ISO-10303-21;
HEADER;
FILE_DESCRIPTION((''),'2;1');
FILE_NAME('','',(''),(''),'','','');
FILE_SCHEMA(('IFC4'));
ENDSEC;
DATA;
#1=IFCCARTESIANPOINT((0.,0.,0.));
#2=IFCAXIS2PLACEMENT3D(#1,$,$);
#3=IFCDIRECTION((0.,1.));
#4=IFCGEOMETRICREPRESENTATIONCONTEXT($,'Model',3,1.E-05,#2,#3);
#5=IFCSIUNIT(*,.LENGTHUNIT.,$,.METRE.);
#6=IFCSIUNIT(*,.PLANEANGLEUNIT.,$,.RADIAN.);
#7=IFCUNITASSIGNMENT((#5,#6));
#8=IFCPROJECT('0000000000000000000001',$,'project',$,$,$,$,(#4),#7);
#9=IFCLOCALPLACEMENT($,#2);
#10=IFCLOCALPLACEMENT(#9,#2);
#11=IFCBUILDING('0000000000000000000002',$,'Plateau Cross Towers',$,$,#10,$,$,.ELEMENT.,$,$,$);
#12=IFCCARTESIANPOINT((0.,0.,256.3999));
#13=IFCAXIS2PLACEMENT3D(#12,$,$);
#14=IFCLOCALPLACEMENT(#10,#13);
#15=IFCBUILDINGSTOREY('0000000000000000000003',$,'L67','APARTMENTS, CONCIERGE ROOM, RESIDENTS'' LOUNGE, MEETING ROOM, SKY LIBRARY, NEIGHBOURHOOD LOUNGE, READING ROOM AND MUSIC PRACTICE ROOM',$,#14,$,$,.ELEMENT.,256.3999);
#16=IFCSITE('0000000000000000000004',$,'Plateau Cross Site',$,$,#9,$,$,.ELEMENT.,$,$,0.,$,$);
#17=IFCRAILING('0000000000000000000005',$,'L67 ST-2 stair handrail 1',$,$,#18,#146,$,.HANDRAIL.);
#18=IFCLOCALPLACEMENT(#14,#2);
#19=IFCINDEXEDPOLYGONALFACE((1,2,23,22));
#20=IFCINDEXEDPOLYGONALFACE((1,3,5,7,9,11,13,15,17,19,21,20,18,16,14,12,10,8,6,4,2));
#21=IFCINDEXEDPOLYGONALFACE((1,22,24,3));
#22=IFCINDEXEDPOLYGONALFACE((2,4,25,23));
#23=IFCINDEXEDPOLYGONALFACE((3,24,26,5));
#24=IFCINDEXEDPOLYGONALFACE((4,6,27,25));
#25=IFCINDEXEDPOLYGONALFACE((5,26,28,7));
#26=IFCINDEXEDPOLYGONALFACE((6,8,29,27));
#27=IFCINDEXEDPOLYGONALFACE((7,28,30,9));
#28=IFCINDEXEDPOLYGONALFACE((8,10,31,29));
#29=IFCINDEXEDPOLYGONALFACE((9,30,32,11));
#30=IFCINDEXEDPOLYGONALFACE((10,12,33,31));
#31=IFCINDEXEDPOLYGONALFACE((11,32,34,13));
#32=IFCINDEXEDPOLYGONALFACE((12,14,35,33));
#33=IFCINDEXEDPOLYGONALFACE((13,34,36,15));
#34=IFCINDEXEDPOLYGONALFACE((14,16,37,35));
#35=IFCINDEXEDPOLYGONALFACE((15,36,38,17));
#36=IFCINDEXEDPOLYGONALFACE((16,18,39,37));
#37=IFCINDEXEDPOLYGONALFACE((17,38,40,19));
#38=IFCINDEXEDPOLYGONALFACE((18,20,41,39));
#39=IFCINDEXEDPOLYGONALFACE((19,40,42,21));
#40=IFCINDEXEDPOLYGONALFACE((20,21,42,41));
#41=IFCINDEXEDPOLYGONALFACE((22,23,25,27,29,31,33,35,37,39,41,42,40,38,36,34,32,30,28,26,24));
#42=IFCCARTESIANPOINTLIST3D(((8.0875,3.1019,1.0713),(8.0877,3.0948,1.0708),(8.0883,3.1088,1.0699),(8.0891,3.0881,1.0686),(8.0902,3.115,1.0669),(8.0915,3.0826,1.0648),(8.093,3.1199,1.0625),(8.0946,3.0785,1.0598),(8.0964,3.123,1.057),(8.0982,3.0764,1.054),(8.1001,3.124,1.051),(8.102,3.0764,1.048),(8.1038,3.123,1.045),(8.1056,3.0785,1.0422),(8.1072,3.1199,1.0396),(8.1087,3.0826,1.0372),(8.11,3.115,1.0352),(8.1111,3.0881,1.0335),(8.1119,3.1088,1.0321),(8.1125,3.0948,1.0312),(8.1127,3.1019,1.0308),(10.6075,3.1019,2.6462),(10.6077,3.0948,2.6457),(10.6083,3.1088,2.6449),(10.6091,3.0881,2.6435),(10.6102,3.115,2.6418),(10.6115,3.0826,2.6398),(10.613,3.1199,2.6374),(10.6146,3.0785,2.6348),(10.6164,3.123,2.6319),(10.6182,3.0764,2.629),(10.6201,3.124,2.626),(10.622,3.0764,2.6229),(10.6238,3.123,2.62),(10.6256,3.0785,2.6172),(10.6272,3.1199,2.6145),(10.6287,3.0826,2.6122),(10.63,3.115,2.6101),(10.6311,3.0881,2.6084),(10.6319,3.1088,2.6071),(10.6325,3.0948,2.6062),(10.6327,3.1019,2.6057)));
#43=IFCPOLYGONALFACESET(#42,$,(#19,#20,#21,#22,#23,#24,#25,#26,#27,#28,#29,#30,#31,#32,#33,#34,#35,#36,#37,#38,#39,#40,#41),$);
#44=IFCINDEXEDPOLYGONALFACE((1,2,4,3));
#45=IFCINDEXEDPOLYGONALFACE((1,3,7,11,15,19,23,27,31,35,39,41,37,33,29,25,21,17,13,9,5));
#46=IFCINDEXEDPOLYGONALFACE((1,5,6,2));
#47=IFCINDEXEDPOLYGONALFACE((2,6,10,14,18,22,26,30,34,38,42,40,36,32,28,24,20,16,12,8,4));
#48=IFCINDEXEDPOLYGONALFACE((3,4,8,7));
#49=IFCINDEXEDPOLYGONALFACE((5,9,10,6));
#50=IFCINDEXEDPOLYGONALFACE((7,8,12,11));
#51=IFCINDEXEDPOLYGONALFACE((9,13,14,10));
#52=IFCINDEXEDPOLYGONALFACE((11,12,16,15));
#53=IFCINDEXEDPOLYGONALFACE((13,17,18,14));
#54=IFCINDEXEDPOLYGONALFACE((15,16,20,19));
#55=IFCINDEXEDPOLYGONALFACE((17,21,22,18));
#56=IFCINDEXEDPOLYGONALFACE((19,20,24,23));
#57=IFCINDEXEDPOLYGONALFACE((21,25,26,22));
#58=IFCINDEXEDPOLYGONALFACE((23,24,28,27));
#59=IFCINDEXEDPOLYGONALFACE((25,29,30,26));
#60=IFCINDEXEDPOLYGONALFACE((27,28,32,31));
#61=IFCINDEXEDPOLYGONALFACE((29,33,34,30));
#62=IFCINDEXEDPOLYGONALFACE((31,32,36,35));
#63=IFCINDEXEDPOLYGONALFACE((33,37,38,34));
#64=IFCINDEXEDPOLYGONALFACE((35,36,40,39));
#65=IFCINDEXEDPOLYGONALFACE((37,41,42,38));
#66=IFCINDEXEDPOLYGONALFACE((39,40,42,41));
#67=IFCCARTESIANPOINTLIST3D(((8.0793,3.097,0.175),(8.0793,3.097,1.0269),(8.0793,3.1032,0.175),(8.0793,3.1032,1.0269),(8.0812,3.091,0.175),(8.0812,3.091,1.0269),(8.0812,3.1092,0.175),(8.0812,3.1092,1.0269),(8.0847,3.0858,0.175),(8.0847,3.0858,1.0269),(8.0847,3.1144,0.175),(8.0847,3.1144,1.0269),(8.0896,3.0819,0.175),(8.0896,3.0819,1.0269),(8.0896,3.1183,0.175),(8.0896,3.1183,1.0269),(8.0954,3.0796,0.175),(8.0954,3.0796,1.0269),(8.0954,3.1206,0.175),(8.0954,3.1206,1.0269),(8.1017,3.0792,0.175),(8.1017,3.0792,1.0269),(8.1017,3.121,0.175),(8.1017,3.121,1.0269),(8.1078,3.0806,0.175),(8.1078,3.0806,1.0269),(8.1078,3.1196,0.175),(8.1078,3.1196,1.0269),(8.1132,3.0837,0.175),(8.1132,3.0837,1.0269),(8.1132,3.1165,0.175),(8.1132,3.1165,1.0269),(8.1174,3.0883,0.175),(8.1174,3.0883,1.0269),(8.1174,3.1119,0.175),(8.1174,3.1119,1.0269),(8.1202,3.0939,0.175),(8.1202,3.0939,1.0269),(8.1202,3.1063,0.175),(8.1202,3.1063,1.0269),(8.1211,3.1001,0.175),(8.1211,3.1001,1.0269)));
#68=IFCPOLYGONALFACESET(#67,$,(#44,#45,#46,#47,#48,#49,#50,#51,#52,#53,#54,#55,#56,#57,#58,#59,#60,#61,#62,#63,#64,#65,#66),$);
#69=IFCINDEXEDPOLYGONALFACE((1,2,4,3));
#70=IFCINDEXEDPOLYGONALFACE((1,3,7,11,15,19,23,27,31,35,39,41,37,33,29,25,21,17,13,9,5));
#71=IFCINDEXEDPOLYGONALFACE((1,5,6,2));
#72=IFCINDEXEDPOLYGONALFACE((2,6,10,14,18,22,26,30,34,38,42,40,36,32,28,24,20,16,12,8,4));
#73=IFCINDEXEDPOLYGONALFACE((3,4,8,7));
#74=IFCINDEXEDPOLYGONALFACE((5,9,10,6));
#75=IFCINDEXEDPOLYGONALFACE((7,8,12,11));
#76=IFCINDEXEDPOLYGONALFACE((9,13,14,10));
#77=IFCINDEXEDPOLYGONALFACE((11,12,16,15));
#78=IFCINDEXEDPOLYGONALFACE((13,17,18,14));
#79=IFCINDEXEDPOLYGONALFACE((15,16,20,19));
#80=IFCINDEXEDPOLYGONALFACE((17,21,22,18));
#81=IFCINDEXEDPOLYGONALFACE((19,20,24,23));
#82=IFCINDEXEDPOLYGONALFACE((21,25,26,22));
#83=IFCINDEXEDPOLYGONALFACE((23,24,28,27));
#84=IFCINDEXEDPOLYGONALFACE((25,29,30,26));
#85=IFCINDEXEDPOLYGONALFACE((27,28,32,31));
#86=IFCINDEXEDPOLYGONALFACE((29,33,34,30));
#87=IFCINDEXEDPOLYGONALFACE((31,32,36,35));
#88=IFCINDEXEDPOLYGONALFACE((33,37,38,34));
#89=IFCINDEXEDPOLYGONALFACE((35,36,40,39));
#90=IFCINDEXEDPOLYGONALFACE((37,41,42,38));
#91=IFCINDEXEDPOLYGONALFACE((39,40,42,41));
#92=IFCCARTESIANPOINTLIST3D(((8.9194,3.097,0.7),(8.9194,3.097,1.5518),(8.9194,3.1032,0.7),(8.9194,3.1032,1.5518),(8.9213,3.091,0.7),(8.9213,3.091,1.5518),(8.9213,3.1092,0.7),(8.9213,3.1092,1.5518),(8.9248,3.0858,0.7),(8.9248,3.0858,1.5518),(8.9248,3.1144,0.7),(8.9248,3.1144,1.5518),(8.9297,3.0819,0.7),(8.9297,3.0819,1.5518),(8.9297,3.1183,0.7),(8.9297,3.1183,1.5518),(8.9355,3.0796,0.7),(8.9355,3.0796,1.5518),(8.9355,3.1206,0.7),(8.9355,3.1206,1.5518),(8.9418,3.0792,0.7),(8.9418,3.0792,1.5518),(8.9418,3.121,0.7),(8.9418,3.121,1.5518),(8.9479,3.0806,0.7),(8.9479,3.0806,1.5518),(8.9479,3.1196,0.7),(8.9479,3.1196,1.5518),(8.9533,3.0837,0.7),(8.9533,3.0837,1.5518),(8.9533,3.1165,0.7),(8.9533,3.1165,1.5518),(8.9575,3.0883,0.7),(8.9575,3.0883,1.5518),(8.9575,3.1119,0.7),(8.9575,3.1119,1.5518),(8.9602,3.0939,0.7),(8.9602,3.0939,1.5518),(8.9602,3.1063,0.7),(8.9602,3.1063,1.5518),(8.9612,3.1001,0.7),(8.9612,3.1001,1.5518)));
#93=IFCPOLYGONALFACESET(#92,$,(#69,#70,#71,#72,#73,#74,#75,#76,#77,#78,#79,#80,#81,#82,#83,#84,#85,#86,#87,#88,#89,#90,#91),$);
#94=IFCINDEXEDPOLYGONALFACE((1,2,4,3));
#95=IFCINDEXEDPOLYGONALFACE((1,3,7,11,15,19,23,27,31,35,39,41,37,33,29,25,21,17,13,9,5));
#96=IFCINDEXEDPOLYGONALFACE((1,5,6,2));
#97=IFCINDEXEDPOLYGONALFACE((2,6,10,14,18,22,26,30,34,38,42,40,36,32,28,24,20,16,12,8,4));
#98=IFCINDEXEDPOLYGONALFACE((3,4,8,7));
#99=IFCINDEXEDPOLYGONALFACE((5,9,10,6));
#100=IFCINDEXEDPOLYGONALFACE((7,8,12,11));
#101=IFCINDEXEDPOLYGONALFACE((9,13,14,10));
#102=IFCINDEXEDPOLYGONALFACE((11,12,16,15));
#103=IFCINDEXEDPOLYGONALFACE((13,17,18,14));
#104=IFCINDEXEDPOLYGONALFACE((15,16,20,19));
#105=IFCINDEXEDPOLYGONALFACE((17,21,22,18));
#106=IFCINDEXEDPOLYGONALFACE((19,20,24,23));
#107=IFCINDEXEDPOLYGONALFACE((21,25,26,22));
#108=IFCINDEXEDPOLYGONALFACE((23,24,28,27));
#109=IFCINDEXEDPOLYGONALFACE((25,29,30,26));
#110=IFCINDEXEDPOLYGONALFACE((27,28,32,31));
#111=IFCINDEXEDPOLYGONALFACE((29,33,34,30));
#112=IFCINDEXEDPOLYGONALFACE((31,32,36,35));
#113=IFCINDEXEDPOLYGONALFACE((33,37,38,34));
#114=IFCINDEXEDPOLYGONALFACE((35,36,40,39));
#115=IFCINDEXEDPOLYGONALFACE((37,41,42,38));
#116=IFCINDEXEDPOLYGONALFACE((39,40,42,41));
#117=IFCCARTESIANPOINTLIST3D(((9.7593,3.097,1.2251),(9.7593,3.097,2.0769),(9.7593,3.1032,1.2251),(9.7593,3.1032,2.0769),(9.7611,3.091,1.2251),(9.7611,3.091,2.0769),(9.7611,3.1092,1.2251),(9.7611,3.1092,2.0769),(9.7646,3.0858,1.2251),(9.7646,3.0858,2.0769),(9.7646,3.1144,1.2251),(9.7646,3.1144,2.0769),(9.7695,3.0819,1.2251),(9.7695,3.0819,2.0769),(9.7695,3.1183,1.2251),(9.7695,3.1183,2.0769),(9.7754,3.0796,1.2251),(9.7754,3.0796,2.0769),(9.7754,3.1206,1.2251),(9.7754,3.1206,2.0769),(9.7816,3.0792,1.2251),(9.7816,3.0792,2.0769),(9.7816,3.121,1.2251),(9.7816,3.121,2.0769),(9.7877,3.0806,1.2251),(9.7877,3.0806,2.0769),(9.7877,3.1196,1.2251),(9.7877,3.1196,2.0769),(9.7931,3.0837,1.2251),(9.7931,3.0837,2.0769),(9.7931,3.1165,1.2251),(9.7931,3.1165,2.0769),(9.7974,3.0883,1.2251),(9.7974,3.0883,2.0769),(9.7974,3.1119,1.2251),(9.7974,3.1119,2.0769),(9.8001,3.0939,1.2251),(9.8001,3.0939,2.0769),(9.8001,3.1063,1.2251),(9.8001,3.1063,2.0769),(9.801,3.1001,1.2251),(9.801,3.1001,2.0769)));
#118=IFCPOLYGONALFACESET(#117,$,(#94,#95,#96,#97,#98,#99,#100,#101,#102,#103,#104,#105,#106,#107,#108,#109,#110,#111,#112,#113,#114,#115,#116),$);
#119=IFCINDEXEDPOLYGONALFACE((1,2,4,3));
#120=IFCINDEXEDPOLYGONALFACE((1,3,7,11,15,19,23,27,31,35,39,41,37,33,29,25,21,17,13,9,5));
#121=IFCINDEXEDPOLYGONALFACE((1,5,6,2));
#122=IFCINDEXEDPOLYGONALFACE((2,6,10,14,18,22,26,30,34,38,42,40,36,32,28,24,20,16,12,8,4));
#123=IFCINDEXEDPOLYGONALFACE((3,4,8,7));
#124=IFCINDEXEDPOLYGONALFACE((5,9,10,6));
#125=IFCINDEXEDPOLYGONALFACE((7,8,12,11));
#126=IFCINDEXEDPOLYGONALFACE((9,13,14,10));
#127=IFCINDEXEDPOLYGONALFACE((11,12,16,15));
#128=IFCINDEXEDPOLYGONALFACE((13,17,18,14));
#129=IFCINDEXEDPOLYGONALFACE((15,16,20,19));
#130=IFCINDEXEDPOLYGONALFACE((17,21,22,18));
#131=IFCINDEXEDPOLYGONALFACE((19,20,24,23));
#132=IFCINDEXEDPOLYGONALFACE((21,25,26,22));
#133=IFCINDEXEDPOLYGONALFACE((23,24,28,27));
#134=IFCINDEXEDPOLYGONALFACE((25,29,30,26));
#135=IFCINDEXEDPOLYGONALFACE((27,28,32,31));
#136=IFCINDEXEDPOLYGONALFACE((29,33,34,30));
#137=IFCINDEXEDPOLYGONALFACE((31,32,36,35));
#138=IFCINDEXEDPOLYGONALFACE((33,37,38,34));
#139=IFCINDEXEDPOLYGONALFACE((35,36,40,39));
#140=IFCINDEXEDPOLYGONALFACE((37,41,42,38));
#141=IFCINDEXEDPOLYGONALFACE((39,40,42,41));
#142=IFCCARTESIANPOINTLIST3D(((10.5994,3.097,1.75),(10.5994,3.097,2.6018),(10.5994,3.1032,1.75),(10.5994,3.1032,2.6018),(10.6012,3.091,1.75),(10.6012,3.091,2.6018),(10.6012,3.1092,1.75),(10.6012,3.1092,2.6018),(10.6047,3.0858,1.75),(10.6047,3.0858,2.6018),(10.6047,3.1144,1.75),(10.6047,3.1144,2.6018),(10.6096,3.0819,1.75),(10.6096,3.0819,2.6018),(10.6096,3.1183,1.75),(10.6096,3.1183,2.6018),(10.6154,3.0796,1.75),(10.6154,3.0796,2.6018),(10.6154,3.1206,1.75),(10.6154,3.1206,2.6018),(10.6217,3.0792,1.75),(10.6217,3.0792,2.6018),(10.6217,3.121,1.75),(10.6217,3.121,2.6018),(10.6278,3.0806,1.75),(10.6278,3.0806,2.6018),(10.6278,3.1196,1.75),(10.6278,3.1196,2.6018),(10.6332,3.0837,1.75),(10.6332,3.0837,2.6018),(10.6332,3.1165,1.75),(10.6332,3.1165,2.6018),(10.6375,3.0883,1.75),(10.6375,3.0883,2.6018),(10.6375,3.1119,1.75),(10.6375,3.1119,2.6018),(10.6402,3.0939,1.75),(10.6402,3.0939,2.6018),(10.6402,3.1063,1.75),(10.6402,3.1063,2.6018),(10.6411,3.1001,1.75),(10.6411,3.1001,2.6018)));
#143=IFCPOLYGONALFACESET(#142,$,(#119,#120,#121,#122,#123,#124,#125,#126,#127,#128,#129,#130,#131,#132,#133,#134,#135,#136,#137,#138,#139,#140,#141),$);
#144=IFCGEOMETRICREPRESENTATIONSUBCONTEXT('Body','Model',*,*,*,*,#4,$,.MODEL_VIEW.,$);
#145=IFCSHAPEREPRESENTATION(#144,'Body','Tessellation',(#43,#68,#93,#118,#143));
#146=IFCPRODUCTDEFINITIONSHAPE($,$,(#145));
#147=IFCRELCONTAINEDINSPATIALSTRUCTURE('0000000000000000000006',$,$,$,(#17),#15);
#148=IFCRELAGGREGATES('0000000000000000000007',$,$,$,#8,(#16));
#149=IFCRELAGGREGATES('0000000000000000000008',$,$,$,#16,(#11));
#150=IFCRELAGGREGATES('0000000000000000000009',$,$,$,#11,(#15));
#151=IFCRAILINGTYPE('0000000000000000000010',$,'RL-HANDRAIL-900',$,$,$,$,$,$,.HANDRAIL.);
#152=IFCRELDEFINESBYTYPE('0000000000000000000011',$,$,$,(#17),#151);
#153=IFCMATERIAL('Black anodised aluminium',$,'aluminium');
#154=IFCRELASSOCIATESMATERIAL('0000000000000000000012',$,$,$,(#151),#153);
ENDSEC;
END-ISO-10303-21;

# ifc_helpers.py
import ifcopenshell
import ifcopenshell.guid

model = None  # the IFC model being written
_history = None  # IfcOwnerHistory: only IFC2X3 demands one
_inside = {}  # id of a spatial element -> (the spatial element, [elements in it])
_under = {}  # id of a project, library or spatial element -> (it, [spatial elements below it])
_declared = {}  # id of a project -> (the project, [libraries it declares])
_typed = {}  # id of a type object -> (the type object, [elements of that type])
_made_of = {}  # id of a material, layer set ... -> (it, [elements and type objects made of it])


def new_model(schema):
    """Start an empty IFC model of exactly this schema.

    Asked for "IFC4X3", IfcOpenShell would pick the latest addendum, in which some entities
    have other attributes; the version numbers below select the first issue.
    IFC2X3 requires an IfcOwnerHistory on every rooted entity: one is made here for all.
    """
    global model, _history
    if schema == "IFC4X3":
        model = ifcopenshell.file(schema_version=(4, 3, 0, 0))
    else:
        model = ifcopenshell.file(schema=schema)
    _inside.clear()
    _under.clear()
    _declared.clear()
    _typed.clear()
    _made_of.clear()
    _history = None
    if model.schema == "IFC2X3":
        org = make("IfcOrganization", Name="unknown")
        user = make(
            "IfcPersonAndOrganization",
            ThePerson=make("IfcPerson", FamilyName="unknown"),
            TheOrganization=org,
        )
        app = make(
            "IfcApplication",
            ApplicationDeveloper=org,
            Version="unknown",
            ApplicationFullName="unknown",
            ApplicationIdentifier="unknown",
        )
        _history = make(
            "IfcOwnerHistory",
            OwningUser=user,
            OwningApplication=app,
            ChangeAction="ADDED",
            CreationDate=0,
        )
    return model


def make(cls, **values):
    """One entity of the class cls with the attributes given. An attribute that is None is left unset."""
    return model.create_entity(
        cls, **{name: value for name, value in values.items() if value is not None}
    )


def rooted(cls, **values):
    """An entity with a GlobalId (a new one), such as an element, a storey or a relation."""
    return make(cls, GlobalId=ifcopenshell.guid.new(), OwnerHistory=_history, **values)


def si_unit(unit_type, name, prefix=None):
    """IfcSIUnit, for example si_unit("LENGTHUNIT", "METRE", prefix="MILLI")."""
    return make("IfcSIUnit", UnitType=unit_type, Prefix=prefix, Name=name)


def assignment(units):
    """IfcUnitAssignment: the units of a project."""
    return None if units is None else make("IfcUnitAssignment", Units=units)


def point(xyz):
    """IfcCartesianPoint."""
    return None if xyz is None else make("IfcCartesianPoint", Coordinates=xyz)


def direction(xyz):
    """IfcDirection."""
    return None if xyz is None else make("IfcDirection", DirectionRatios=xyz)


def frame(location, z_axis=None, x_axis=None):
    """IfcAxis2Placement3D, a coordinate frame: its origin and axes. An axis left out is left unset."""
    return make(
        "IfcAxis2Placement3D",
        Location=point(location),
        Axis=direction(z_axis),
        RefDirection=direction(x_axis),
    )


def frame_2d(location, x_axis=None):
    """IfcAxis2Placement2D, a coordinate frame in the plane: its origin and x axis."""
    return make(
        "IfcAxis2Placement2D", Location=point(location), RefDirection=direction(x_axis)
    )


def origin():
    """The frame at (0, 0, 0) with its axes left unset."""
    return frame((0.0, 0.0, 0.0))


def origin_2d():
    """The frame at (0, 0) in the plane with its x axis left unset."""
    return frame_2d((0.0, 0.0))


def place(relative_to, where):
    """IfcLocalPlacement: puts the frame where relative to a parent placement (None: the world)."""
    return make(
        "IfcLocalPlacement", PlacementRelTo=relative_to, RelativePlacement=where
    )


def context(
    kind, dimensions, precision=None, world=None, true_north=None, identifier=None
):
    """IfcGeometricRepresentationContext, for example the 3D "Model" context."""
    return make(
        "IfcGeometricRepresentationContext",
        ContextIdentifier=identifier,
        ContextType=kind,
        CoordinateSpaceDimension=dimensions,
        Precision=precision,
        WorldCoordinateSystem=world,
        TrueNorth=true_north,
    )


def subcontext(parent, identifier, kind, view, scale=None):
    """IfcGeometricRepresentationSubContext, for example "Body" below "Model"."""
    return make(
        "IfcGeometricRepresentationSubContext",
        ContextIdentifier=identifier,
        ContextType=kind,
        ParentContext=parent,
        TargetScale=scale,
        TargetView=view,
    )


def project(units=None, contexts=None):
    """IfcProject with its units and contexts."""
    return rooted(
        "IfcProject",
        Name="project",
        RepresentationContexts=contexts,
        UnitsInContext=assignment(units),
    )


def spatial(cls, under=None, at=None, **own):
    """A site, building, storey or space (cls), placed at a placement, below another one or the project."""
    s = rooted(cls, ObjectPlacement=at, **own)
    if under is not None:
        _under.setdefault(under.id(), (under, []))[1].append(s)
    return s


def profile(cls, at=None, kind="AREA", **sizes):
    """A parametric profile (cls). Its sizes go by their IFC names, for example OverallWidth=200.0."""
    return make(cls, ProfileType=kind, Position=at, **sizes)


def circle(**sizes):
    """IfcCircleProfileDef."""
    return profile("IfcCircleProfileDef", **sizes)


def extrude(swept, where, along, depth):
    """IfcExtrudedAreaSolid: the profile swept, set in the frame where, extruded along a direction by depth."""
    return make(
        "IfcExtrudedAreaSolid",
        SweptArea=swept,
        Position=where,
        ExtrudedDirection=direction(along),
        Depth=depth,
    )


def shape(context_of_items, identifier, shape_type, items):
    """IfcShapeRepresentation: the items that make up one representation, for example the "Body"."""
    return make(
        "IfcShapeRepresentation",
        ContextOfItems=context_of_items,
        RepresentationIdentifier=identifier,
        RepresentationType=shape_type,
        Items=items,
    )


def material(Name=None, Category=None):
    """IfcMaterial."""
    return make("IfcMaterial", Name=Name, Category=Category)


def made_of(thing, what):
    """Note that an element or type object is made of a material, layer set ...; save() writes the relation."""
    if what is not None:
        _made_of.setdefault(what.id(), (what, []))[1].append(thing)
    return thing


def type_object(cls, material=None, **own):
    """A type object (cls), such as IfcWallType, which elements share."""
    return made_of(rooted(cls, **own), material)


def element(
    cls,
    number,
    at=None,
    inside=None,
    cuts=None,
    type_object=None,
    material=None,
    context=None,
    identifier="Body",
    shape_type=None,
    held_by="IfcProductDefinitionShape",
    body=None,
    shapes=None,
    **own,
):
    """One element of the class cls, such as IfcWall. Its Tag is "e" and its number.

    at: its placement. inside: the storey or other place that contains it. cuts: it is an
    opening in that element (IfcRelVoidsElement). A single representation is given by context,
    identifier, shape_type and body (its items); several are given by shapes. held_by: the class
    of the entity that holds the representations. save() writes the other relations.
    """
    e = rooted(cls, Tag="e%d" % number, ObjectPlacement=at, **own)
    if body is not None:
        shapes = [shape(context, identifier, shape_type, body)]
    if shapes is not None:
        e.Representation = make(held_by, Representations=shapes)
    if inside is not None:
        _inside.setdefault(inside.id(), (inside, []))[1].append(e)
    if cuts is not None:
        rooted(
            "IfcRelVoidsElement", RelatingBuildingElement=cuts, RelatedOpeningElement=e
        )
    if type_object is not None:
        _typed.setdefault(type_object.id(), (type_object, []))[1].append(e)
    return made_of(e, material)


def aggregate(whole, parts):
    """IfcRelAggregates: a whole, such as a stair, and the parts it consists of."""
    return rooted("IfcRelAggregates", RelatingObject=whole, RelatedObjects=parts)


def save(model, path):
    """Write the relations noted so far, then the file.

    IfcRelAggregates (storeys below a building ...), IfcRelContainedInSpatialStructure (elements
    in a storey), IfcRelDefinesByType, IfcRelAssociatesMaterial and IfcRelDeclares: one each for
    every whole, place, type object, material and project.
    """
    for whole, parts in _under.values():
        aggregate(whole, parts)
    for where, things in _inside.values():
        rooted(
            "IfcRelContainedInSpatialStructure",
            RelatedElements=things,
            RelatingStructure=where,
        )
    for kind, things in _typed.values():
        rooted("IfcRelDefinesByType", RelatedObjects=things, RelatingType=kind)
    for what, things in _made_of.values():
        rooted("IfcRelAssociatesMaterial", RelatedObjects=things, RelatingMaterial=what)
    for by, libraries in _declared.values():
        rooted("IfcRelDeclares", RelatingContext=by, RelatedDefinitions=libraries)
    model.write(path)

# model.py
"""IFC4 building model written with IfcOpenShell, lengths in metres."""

from ifc_helpers import new_model, si_unit, direction, frame, origin, origin_2d, place, context, subcontext, project, spatial, circle, extrude, material, type_object, element, save


model = new_model("IFC4")

# Units and contexts
model_context = context("Model", 3, precision=1e-05, world=origin(), true_north=direction((0.0, 1.0)))
body_context = subcontext(model_context, "Body", "Model", "MODEL_VIEW")
ifc_project = project(units=[si_unit("LENGTHUNIT", "METRE"), si_unit("PLANEANGLEUNIT", "RADIAN")], contexts=[model_context])

# Site, building, storey
site_placement = place(None, origin())
site = spatial("IfcSite", under=ifc_project, at=site_placement, Name="Plateau Cross Site", CompositionType="ELEMENT", RefElevation=0.0)
building_placement = place(site_placement, origin())
building = spatial("IfcBuilding", under=site, at=building_placement, Name="Plateau Cross Towers", CompositionType="ELEMENT")
storey_placement = place(building_placement, frame((0.0, 0.0, 256.3999)))
storey = spatial("IfcBuildingStorey", under=building, at=storey_placement, Name="L67", Description="APARTMENTS, CONCIERGE ROOM, RESIDENTS' LOUNGE, MEETING ROOM, SKY LIBRARY, NEIGHBOURHOOD LOUNGE, READING ROOM AND MUSIC PRACTICE ROOM", CompositionType="ELEMENT", Elevation=256.3999)

# Shared definitions
ifc_material_1 = material(Name="Black anodised aluminium", Category="aluminium")

# Railing
railing_type_1 = type_object("IfcRailingType", Name="RL-HANDRAIL-900", PredefinedType="HANDRAIL", material=ifc_material_1)
railing_1_placement = place(storey_placement, frame((8.1001, 3.1001, 0.175)))
element("IfcRailing", 1, at=railing_1_placement, inside=storey, type_object=railing_type_1, Name="L67 ST-2 stair handrail 1", PredefinedType="HANDRAIL", context=body_context, shape_type="SweptSolid", body=[
    extrude(circle(Radius=0.0239, at=origin_2d()), frame((0.0, 0.0, 0.876), z_axis=(0.848008, 0.0, 0.529984), x_axis=(0.0, 1.0, 0.0)), (0.0, 0.0, 1.0), 2.9717),
    extrude(circle(Radius=0.021, at=origin_2d()), origin(), (0.0, 0.0, 1.0), 0.8518),
    extrude(circle(Radius=0.021, at=origin_2d()), frame((0.8401, 0.0, 0.5249)), (0.0, 0.0, 1.0), 0.8518),
    extrude(circle(Radius=0.021, at=origin_2d()), frame((1.6799, 0.0, 1.05)), (0.0, 0.0, 1.0), 0.8518),
    extrude(circle(Radius=0.021, at=origin_2d()), frame((2.52, 0.0, 1.575)), (0.0, 0.0, 1.0), 0.8518),
])

save(model, "model.ifc")
